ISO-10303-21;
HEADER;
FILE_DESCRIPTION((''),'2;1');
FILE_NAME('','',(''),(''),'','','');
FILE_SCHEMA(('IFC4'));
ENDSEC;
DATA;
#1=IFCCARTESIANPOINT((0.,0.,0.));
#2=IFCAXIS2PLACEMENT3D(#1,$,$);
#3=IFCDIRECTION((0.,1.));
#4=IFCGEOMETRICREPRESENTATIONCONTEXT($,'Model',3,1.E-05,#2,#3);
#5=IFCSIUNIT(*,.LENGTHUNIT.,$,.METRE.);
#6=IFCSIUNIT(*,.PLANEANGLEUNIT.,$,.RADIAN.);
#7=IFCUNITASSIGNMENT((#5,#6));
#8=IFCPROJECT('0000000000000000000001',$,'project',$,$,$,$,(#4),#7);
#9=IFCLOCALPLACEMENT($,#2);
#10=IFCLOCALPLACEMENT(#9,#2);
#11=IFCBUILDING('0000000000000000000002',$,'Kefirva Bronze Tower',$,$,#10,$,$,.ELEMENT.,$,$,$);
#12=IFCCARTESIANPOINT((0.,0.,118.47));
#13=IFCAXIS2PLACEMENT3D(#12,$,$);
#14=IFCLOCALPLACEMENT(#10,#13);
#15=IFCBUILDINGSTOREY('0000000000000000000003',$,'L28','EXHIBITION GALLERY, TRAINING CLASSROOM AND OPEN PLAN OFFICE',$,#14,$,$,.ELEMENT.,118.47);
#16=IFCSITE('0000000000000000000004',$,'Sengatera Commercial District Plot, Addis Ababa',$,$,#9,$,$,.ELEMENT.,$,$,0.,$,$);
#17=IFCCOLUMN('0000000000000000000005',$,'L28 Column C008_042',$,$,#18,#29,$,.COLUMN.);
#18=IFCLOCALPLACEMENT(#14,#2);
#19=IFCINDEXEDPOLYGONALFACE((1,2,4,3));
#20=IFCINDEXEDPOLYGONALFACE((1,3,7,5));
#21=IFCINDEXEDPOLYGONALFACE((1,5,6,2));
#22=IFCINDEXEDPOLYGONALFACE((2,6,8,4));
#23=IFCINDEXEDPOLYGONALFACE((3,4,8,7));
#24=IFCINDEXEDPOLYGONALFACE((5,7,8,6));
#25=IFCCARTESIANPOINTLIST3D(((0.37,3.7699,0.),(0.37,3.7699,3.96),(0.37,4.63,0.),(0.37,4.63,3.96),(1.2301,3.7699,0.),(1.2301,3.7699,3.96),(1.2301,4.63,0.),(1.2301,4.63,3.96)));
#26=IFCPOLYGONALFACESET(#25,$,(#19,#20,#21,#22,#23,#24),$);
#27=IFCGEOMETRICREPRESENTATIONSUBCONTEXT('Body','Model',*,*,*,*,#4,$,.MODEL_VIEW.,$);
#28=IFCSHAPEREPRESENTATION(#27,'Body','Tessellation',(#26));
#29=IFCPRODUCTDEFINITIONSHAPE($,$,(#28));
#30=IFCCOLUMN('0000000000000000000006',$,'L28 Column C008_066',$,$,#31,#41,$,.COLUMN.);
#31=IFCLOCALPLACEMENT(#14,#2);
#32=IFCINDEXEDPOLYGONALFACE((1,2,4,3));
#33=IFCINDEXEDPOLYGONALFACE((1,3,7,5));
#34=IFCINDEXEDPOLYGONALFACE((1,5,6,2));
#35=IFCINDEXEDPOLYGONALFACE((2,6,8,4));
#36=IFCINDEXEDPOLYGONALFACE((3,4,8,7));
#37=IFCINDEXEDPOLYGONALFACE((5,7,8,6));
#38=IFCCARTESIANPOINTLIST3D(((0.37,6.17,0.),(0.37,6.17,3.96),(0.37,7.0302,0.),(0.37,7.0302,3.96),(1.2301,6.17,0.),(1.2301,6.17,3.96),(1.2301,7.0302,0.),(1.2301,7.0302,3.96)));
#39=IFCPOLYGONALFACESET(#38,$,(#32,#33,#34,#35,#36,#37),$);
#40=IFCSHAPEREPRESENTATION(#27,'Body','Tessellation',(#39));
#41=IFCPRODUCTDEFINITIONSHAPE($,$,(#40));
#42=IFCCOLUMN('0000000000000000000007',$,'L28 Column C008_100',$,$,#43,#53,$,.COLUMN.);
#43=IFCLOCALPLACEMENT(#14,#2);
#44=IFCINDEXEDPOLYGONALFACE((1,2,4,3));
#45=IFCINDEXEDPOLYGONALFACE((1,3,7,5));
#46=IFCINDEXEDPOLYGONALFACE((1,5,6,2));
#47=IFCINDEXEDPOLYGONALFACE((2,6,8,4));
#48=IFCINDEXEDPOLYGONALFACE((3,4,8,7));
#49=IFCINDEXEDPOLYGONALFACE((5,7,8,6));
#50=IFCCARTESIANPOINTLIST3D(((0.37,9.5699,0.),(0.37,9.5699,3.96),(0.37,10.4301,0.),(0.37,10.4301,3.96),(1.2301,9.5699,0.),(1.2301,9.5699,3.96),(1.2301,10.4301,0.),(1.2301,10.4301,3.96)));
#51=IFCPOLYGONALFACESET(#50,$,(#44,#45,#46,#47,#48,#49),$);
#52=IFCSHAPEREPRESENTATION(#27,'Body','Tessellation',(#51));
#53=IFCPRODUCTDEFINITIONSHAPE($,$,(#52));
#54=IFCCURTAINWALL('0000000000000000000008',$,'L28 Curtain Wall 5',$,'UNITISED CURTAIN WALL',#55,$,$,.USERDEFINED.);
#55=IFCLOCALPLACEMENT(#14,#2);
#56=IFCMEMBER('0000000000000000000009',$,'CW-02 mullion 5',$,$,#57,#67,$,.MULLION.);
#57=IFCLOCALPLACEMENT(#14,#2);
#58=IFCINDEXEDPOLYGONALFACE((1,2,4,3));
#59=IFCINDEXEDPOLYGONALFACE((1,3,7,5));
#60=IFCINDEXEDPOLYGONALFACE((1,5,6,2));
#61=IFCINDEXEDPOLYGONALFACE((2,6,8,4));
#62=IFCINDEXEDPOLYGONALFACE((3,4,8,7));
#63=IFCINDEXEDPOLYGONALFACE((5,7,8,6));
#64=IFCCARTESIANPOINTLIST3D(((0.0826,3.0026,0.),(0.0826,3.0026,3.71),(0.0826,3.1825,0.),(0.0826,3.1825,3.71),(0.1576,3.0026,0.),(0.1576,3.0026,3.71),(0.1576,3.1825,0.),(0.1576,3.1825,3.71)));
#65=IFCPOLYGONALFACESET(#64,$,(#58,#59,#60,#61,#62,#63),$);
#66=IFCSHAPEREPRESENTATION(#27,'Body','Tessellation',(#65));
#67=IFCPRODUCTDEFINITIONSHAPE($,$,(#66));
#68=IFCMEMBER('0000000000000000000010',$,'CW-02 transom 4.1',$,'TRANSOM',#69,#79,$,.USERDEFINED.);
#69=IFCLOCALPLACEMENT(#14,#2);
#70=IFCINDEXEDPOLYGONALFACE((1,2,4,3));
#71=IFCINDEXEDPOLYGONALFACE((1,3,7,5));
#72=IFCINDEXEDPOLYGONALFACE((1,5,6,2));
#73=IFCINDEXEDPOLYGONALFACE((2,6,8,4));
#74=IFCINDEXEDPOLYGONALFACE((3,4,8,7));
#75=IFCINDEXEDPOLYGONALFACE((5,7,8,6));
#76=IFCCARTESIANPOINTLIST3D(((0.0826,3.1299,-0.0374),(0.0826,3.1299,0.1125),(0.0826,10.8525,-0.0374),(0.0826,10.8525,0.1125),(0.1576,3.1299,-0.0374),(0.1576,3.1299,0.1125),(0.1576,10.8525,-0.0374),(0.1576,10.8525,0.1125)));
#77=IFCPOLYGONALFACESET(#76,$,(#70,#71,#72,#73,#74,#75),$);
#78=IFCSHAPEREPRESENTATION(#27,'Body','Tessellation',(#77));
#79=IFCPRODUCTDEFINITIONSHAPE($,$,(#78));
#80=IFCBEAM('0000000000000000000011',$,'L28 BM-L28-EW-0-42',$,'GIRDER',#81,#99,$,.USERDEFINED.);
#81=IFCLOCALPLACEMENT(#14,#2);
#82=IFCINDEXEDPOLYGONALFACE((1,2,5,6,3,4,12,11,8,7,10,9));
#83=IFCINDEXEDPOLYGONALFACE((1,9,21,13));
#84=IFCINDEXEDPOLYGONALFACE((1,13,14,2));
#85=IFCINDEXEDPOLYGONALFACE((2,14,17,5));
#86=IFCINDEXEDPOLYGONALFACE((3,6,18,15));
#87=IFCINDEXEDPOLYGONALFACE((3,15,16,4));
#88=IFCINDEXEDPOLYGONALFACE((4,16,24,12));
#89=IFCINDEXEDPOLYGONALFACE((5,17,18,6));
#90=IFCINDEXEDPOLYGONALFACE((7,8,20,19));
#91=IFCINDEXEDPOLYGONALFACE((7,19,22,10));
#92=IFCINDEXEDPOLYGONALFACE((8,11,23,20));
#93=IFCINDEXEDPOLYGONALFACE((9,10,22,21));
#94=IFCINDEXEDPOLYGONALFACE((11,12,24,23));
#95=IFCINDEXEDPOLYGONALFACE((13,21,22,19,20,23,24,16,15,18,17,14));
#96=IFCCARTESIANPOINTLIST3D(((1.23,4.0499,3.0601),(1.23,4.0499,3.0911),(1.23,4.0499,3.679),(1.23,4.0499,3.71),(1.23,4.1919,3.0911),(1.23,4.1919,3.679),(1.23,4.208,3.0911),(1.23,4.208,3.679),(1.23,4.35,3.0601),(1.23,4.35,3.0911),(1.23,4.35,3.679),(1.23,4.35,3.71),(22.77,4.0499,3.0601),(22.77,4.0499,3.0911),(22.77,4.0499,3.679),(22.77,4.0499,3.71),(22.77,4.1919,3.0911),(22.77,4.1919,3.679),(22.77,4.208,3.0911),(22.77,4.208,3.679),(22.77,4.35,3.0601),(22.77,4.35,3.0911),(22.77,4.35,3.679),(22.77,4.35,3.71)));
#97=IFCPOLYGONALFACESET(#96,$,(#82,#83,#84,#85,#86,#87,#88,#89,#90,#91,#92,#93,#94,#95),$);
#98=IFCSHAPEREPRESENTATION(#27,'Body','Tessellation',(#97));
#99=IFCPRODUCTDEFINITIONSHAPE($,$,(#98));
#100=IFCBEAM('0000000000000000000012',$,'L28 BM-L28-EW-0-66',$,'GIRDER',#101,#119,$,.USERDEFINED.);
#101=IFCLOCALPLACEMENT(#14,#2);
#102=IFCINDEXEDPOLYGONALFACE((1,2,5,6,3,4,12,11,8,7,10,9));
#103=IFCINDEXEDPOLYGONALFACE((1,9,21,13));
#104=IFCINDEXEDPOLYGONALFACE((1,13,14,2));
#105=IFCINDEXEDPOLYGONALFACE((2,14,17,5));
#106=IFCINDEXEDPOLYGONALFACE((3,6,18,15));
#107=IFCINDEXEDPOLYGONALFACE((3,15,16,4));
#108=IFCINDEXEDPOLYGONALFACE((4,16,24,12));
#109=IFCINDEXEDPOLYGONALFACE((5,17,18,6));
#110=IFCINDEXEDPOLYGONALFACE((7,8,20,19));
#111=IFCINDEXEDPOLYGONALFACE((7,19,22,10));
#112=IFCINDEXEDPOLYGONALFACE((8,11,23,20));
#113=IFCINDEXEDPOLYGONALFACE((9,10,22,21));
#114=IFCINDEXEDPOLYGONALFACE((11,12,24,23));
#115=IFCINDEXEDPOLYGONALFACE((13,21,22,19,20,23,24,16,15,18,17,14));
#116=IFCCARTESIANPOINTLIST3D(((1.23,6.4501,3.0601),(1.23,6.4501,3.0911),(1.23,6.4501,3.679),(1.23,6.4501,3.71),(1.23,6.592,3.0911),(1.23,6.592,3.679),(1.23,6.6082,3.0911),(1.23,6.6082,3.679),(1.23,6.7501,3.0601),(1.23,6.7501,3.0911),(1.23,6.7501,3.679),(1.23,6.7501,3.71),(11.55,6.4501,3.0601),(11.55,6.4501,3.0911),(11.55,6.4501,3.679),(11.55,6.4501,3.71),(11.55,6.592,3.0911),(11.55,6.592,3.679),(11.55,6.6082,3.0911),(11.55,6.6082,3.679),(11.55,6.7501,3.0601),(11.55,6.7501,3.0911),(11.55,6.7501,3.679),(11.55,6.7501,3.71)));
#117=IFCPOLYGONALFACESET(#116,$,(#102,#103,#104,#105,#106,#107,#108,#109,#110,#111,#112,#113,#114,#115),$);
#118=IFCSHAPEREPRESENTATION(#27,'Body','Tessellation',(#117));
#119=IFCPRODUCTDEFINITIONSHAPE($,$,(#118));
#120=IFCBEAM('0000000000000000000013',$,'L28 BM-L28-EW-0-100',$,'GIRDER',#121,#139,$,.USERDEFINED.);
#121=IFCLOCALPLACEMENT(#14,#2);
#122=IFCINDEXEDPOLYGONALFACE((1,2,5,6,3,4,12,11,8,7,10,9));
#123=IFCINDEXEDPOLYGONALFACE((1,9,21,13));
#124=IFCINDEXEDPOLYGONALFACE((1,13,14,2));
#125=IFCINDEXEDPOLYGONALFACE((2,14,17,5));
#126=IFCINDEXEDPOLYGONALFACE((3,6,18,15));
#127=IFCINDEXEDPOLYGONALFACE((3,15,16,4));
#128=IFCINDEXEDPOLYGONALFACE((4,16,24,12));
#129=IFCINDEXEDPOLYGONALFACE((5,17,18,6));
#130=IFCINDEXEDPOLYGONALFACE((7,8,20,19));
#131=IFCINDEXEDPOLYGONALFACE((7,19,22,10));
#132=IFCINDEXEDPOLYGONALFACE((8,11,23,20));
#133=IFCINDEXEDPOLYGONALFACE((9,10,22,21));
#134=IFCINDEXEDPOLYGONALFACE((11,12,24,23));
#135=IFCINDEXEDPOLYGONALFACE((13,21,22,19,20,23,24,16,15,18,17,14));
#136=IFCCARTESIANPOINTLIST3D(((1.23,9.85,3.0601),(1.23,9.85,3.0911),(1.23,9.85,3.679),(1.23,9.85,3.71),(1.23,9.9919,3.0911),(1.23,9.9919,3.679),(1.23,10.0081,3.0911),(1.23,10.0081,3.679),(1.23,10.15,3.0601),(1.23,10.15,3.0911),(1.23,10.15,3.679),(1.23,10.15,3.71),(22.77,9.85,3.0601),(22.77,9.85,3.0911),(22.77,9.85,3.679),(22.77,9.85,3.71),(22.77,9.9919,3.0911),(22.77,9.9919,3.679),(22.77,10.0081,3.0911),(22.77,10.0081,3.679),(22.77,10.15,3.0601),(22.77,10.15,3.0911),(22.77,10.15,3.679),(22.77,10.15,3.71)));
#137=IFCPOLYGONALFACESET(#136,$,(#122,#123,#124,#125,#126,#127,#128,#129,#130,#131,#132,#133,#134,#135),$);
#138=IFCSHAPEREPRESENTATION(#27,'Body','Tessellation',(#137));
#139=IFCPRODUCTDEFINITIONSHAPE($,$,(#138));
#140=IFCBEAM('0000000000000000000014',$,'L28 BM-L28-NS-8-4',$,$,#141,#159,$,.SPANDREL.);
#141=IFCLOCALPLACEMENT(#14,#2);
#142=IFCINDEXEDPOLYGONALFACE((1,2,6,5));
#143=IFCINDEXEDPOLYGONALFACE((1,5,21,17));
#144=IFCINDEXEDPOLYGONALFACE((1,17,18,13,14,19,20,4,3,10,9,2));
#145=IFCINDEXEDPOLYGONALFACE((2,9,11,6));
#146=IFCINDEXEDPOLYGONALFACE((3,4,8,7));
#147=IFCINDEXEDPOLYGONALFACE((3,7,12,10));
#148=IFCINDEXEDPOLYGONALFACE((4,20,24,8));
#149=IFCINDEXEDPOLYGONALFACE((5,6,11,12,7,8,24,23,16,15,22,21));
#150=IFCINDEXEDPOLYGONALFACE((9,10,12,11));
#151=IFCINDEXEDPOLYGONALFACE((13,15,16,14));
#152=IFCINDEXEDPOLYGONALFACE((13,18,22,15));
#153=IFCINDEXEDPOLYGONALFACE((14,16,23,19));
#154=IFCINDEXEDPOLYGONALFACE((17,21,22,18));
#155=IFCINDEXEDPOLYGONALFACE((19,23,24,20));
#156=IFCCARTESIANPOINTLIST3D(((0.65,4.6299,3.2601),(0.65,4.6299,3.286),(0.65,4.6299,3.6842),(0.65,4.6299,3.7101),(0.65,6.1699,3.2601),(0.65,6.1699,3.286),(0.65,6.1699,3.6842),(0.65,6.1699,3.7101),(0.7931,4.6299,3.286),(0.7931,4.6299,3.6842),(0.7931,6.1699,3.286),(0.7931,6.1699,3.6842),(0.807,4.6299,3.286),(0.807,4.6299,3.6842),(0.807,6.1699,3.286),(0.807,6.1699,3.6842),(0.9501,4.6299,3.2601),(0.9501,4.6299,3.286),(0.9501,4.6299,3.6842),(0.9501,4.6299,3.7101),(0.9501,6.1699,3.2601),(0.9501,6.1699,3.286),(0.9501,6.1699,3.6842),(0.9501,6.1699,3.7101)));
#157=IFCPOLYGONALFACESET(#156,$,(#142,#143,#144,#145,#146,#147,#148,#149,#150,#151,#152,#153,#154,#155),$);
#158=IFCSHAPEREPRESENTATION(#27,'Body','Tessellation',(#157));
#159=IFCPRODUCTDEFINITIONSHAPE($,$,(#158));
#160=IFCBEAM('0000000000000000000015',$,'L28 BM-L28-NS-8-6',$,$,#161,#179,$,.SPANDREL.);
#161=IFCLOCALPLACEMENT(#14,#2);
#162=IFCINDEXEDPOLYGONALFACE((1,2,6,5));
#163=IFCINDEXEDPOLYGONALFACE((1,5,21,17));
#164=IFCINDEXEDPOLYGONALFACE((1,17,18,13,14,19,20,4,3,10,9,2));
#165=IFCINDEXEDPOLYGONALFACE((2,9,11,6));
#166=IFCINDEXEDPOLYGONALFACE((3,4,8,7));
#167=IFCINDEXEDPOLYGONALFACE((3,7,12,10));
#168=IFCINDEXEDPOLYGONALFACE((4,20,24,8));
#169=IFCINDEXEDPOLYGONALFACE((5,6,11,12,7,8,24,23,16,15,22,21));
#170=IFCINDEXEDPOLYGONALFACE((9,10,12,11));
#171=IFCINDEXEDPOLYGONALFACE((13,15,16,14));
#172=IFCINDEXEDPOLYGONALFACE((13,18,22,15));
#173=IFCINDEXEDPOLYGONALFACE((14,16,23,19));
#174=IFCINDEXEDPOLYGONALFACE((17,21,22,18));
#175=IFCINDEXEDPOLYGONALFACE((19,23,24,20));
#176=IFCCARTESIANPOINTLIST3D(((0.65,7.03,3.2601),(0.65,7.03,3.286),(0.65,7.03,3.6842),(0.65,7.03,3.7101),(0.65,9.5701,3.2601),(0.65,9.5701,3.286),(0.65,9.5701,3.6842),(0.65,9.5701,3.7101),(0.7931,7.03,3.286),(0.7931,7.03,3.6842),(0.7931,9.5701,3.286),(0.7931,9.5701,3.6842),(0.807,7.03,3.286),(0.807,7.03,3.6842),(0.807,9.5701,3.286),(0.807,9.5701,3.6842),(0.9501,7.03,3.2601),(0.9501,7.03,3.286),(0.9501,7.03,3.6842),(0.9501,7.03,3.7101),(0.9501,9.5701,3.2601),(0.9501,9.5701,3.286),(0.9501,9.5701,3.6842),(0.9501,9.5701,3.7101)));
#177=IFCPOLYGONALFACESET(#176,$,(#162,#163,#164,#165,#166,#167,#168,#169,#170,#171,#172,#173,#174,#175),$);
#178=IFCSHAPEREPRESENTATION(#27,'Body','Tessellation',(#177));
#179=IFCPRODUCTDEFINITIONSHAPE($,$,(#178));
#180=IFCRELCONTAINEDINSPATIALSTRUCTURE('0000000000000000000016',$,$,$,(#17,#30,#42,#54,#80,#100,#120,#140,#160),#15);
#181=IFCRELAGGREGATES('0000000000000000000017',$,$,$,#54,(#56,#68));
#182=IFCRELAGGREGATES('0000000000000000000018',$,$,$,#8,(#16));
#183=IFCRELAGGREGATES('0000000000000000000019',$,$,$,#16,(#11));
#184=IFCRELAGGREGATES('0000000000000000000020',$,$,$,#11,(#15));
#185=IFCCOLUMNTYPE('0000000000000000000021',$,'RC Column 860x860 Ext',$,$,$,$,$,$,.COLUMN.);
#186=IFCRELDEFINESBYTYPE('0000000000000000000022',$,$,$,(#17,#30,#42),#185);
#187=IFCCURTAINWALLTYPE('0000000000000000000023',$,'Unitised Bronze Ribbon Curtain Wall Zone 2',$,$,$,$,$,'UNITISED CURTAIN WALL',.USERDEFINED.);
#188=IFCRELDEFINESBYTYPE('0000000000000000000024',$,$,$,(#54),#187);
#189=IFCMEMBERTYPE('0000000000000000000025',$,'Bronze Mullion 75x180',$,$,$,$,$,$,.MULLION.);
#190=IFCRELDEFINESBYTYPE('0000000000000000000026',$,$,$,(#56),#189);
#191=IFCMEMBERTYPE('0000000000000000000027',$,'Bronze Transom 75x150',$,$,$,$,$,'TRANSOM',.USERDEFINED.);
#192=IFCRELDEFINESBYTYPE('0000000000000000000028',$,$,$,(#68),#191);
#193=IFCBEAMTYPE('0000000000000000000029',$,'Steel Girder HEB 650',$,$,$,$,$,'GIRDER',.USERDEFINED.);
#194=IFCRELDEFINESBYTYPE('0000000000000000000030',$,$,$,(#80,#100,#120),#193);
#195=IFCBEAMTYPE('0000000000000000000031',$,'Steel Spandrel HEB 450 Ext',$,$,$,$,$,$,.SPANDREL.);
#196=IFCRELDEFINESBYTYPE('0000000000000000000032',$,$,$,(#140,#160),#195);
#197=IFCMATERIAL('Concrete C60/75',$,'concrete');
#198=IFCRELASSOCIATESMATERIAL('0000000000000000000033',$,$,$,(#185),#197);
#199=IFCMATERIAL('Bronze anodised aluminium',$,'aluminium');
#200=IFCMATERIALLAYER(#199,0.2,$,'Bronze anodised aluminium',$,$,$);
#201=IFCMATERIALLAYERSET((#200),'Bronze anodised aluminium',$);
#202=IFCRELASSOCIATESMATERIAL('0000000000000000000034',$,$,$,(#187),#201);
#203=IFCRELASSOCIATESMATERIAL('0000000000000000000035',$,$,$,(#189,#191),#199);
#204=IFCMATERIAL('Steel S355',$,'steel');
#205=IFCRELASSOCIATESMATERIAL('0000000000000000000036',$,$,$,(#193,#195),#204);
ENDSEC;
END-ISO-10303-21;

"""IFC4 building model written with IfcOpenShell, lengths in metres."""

from ifc_helpers import new_model, si_unit, direction, frame, origin, origin_2d, place, context, subcontext, project, spatial, rectangle, i_section, extrude, material, layer, layer_set, material_profile, profile_set, type_object, element, aggregate, save


model = new_model("IFC4")

# Units and contexts
model_context = context("Model", 3, precision=1e-05, world=origin(), true_north=direction((0.0, 1.0)))
body_context = subcontext(model_context, "Body", "Model", "MODEL_VIEW")
ifc_project = project(units=[si_unit("LENGTHUNIT", "METRE"), si_unit("PLANEANGLEUNIT", "RADIAN")], contexts=[model_context])

# Site, building, storey
site_placement = place(None, origin())
site = spatial("IfcSite", under=ifc_project, at=site_placement, Name="Sengatera Commercial District Plot, Addis Ababa", CompositionType="ELEMENT", RefElevation=0.0)
building_placement = place(site_placement, origin())
building = spatial("IfcBuilding", under=site, at=building_placement, Name="Kefirva Bronze Tower", CompositionType="ELEMENT")
storey_placement = place(building_placement, frame((0.0, 0.0, 118.47)))
storey = spatial("IfcBuildingStorey", under=building, at=storey_placement, Name="L28", Description="EXHIBITION GALLERY, TRAINING CLASSROOM AND OPEN PLAN OFFICE", CompositionType="ELEMENT", Elevation=118.47)

# Columns
ifc_material_1 = material(Name="Concrete C60/75", Category="concrete")
ifc_material_profile_1 = material_profile(ifc_material_1, rectangle(XDim=0.8601, YDim=0.8601, at=origin_2d()), Name="RC 860x860")
ifc_profile_set_1 = profile_set([ifc_material_profile_1], Name="Concrete C60/75")
column_type = type_object("IfcColumnType", Name="RC Column 860x860 Ext", PredefinedType="COLUMN", material=ifc_profile_set_1)
for number, where, z_axis, x_axis, name in (
    (1, (0.8, 4.2, 0.0), (0.0, 0.0, 1.0), (1.0, 0.0, 0.0), "L28 Column C008_042"),
    (2, (0.8, 6.6001, 0.0), (0.0, 0.0, 1.0), (1.0, 0.0, 0.0), "L28 Column C008_066"),
    (3, (0.8, 10.0, 0.0), (0.0, 0.0, 1.0), (1.0, 0.0, 0.0), "L28 Column C008_100"),
):
    element("IfcColumn", number, at=place(storey_placement, frame(where, z_axis=z_axis, x_axis=x_axis)), inside=storey, type_object=column_type, Name=name, PredefinedType="COLUMN", context=body_context, shape_type="SweptSolid", body=[
        extrude(rectangle(XDim=0.8601, YDim=0.8601, at=origin_2d()), origin(), (0.0, 0.0, 1.0), 3.96),
    ])

# Curtain wall, members
ifc_material_2 = material(Name="Bronze anodised aluminium", Category="aluminium")
ifc_layer_1 = layer(ifc_material_2, 0.2, Name="Bronze anodised aluminium")
ifc_layer_set_1 = layer_set([ifc_layer_1], Name="Bronze anodised aluminium")
curtain_wall_type = type_object("IfcCurtainWallType", Name="Unitised Bronze Ribbon Curtain Wall Zone 2", ElementType="UNITISED CURTAIN WALL", PredefinedType="USERDEFINED", material=ifc_layer_set_1)
curtain_wall_placement = place(storey_placement, origin())
curtain_wall = element("IfcCurtainWall", 4, at=curtain_wall_placement, inside=storey, type_object=curtain_wall_type, Name="L28 Curtain Wall 5", ObjectType="UNITISED CURTAIN WALL", PredefinedType="USERDEFINED")
ifc_material_profile_2 = material_profile(ifc_material_2, rectangle(XDim=0.075, YDim=0.1799, at=origin_2d()), Name="ALU 75x180")
ifc_profile_set_2 = profile_set([ifc_material_profile_2], Name="Bronze anodised aluminium")
member_type_1 = type_object("IfcMemberType", Name="Bronze Mullion 75x180", PredefinedType="MULLION", material=ifc_profile_set_2)
member_1_placement = place(storey_placement, frame((0.1201, 3.0925, 0.0), z_axis=(0.0, 0.0, 1.0), x_axis=(1.0, 0.0, 0.0)))
member_1 = element("IfcMember", 5, at=member_1_placement, type_object=member_type_1, Name="CW-02 mullion 5", PredefinedType="MULLION", context=body_context, shape_type="SweptSolid", body=[
    extrude(rectangle(XDim=0.075, YDim=0.1799, at=origin_2d()), origin(), (0.0, 0.0, 1.0), 3.71),
])
ifc_material_profile_3 = material_profile(ifc_material_2, rectangle(XDim=0.075, YDim=0.1499, at=origin_2d()), Name="ALU 75x150")
ifc_profile_set_3 = profile_set([ifc_material_profile_3], Name="Bronze anodised aluminium")
member_type_2 = type_object("IfcMemberType", Name="Bronze Transom 75x150", ElementType="TRANSOM", PredefinedType="USERDEFINED", material=ifc_profile_set_3)
member_2_placement = place(storey_placement, frame((0.1201, 10.8525, 0.0376), z_axis=(0.0, -1.0, 0.0), x_axis=(1.0, 0.0, 0.0)))
member_2 = element("IfcMember", 6, at=member_2_placement, type_object=member_type_2, Name="CW-02 transom 4.1", ObjectType="TRANSOM", PredefinedType="USERDEFINED", context=body_context, shape_type="SweptSolid", body=[
    extrude(rectangle(XDim=0.075, YDim=0.1499, at=origin_2d()), origin(), (0.0, 0.0, 1.0), 7.7227),
])

# Beams
ifc_material_3 = material(Name="Steel S355", Category="steel")
ifc_material_profile_4 = material_profile(ifc_material_3, i_section(OverallWidth=0.3, OverallDepth=0.6499, WebThickness=0.0161, FlangeThickness=0.031, at=origin_2d()), Name="HEB 650")
ifc_profile_set_4 = profile_set([ifc_material_profile_4], Name="Steel S355")
beam_type_1 = type_object("IfcBeamType", Name="Steel Girder HEB 650", ElementType="GIRDER", PredefinedType="USERDEFINED", material=ifc_profile_set_4)
beam_1_placement = place(storey_placement, frame((1.23, 4.2, 3.385), z_axis=(1.0, 0.0, 0.0), x_axis=(0.0, 1.0, 0.0)))
element("IfcBeam", 7, at=beam_1_placement, inside=storey, type_object=beam_type_1, Name="L28 BM-L28-EW-0-42", ObjectType="GIRDER", PredefinedType="USERDEFINED", context=body_context, shape_type="SweptSolid", body=[
    extrude(i_section(OverallWidth=0.3, OverallDepth=0.6499, WebThickness=0.0161, FlangeThickness=0.031, at=origin_2d()), origin(), (0.0, 0.0, 1.0), 21.54),
])
beam_2_placement = place(storey_placement, frame((1.23, 6.6001, 3.385), z_axis=(1.0, 0.0, 0.0), x_axis=(0.0, 1.0, 0.0)))
element("IfcBeam", 8, at=beam_2_placement, inside=storey, type_object=beam_type_1, Name="L28 BM-L28-EW-0-66", ObjectType="GIRDER", PredefinedType="USERDEFINED", context=body_context, shape_type="SweptSolid", body=[
    extrude(i_section(OverallWidth=0.3, OverallDepth=0.6499, WebThickness=0.0161, FlangeThickness=0.031, at=origin_2d()), origin(), (0.0, 0.0, 1.0), 10.3201),
])
beam_3_placement = place(storey_placement, frame((1.23, 10.0, 3.385), z_axis=(1.0, 0.0, 0.0), x_axis=(0.0, 1.0, 0.0)))
element("IfcBeam", 9, at=beam_3_placement, inside=storey, type_object=beam_type_1, Name="L28 BM-L28-EW-0-100", ObjectType="GIRDER", PredefinedType="USERDEFINED", context=body_context, shape_type="SweptSolid", body=[
    extrude(i_section(OverallWidth=0.3, OverallDepth=0.6499, WebThickness=0.0161, FlangeThickness=0.031, at=origin_2d()), origin(), (0.0, 0.0, 1.0), 21.54),
])
ifc_material_profile_5 = material_profile(ifc_material_3, i_section(OverallWidth=0.3, OverallDepth=0.45, WebThickness=0.0139, FlangeThickness=0.0259, at=origin_2d()), Name="HEB 450")
ifc_profile_set_5 = profile_set([ifc_material_profile_5], Name="Steel S355")
beam_type_2 = type_object("IfcBeamType", Name="Steel Spandrel HEB 450 Ext", PredefinedType="SPANDREL", material=ifc_profile_set_5)
beam_4_placement = place(storey_placement, frame((0.8, 4.6299, 3.4851), z_axis=(0.0, 1.0, 0.0), x_axis=(-1.0, 0.0, 0.0)))
element("IfcBeam", 10, at=beam_4_placement, inside=storey, type_object=beam_type_2, Name="L28 BM-L28-NS-8-4", PredefinedType="SPANDREL", context=body_context, shape_type="SweptSolid", body=[
    extrude(i_section(OverallWidth=0.3, OverallDepth=0.45, WebThickness=0.0139, FlangeThickness=0.0259, at=origin_2d()), origin(), (0.0, 0.0, 1.0), 1.54),
])
beam_5_placement = place(storey_placement, frame((0.8, 7.03, 3.4851), z_axis=(0.0, 1.0, 0.0), x_axis=(-1.0, 0.0, 0.0)))
element("IfcBeam", 11, at=beam_5_placement, inside=storey, type_object=beam_type_2, Name="L28 BM-L28-NS-8-6", PredefinedType="SPANDREL", context=body_context, shape_type="SweptSolid", body=[
    extrude(i_section(OverallWidth=0.3, OverallDepth=0.45, WebThickness=0.0139, FlangeThickness=0.0259, at=origin_2d()), origin(), (0.0, 0.0, 1.0), 2.54),
])

aggregate(curtain_wall, [member_1, member_2])

save(model, "model.ifc")
